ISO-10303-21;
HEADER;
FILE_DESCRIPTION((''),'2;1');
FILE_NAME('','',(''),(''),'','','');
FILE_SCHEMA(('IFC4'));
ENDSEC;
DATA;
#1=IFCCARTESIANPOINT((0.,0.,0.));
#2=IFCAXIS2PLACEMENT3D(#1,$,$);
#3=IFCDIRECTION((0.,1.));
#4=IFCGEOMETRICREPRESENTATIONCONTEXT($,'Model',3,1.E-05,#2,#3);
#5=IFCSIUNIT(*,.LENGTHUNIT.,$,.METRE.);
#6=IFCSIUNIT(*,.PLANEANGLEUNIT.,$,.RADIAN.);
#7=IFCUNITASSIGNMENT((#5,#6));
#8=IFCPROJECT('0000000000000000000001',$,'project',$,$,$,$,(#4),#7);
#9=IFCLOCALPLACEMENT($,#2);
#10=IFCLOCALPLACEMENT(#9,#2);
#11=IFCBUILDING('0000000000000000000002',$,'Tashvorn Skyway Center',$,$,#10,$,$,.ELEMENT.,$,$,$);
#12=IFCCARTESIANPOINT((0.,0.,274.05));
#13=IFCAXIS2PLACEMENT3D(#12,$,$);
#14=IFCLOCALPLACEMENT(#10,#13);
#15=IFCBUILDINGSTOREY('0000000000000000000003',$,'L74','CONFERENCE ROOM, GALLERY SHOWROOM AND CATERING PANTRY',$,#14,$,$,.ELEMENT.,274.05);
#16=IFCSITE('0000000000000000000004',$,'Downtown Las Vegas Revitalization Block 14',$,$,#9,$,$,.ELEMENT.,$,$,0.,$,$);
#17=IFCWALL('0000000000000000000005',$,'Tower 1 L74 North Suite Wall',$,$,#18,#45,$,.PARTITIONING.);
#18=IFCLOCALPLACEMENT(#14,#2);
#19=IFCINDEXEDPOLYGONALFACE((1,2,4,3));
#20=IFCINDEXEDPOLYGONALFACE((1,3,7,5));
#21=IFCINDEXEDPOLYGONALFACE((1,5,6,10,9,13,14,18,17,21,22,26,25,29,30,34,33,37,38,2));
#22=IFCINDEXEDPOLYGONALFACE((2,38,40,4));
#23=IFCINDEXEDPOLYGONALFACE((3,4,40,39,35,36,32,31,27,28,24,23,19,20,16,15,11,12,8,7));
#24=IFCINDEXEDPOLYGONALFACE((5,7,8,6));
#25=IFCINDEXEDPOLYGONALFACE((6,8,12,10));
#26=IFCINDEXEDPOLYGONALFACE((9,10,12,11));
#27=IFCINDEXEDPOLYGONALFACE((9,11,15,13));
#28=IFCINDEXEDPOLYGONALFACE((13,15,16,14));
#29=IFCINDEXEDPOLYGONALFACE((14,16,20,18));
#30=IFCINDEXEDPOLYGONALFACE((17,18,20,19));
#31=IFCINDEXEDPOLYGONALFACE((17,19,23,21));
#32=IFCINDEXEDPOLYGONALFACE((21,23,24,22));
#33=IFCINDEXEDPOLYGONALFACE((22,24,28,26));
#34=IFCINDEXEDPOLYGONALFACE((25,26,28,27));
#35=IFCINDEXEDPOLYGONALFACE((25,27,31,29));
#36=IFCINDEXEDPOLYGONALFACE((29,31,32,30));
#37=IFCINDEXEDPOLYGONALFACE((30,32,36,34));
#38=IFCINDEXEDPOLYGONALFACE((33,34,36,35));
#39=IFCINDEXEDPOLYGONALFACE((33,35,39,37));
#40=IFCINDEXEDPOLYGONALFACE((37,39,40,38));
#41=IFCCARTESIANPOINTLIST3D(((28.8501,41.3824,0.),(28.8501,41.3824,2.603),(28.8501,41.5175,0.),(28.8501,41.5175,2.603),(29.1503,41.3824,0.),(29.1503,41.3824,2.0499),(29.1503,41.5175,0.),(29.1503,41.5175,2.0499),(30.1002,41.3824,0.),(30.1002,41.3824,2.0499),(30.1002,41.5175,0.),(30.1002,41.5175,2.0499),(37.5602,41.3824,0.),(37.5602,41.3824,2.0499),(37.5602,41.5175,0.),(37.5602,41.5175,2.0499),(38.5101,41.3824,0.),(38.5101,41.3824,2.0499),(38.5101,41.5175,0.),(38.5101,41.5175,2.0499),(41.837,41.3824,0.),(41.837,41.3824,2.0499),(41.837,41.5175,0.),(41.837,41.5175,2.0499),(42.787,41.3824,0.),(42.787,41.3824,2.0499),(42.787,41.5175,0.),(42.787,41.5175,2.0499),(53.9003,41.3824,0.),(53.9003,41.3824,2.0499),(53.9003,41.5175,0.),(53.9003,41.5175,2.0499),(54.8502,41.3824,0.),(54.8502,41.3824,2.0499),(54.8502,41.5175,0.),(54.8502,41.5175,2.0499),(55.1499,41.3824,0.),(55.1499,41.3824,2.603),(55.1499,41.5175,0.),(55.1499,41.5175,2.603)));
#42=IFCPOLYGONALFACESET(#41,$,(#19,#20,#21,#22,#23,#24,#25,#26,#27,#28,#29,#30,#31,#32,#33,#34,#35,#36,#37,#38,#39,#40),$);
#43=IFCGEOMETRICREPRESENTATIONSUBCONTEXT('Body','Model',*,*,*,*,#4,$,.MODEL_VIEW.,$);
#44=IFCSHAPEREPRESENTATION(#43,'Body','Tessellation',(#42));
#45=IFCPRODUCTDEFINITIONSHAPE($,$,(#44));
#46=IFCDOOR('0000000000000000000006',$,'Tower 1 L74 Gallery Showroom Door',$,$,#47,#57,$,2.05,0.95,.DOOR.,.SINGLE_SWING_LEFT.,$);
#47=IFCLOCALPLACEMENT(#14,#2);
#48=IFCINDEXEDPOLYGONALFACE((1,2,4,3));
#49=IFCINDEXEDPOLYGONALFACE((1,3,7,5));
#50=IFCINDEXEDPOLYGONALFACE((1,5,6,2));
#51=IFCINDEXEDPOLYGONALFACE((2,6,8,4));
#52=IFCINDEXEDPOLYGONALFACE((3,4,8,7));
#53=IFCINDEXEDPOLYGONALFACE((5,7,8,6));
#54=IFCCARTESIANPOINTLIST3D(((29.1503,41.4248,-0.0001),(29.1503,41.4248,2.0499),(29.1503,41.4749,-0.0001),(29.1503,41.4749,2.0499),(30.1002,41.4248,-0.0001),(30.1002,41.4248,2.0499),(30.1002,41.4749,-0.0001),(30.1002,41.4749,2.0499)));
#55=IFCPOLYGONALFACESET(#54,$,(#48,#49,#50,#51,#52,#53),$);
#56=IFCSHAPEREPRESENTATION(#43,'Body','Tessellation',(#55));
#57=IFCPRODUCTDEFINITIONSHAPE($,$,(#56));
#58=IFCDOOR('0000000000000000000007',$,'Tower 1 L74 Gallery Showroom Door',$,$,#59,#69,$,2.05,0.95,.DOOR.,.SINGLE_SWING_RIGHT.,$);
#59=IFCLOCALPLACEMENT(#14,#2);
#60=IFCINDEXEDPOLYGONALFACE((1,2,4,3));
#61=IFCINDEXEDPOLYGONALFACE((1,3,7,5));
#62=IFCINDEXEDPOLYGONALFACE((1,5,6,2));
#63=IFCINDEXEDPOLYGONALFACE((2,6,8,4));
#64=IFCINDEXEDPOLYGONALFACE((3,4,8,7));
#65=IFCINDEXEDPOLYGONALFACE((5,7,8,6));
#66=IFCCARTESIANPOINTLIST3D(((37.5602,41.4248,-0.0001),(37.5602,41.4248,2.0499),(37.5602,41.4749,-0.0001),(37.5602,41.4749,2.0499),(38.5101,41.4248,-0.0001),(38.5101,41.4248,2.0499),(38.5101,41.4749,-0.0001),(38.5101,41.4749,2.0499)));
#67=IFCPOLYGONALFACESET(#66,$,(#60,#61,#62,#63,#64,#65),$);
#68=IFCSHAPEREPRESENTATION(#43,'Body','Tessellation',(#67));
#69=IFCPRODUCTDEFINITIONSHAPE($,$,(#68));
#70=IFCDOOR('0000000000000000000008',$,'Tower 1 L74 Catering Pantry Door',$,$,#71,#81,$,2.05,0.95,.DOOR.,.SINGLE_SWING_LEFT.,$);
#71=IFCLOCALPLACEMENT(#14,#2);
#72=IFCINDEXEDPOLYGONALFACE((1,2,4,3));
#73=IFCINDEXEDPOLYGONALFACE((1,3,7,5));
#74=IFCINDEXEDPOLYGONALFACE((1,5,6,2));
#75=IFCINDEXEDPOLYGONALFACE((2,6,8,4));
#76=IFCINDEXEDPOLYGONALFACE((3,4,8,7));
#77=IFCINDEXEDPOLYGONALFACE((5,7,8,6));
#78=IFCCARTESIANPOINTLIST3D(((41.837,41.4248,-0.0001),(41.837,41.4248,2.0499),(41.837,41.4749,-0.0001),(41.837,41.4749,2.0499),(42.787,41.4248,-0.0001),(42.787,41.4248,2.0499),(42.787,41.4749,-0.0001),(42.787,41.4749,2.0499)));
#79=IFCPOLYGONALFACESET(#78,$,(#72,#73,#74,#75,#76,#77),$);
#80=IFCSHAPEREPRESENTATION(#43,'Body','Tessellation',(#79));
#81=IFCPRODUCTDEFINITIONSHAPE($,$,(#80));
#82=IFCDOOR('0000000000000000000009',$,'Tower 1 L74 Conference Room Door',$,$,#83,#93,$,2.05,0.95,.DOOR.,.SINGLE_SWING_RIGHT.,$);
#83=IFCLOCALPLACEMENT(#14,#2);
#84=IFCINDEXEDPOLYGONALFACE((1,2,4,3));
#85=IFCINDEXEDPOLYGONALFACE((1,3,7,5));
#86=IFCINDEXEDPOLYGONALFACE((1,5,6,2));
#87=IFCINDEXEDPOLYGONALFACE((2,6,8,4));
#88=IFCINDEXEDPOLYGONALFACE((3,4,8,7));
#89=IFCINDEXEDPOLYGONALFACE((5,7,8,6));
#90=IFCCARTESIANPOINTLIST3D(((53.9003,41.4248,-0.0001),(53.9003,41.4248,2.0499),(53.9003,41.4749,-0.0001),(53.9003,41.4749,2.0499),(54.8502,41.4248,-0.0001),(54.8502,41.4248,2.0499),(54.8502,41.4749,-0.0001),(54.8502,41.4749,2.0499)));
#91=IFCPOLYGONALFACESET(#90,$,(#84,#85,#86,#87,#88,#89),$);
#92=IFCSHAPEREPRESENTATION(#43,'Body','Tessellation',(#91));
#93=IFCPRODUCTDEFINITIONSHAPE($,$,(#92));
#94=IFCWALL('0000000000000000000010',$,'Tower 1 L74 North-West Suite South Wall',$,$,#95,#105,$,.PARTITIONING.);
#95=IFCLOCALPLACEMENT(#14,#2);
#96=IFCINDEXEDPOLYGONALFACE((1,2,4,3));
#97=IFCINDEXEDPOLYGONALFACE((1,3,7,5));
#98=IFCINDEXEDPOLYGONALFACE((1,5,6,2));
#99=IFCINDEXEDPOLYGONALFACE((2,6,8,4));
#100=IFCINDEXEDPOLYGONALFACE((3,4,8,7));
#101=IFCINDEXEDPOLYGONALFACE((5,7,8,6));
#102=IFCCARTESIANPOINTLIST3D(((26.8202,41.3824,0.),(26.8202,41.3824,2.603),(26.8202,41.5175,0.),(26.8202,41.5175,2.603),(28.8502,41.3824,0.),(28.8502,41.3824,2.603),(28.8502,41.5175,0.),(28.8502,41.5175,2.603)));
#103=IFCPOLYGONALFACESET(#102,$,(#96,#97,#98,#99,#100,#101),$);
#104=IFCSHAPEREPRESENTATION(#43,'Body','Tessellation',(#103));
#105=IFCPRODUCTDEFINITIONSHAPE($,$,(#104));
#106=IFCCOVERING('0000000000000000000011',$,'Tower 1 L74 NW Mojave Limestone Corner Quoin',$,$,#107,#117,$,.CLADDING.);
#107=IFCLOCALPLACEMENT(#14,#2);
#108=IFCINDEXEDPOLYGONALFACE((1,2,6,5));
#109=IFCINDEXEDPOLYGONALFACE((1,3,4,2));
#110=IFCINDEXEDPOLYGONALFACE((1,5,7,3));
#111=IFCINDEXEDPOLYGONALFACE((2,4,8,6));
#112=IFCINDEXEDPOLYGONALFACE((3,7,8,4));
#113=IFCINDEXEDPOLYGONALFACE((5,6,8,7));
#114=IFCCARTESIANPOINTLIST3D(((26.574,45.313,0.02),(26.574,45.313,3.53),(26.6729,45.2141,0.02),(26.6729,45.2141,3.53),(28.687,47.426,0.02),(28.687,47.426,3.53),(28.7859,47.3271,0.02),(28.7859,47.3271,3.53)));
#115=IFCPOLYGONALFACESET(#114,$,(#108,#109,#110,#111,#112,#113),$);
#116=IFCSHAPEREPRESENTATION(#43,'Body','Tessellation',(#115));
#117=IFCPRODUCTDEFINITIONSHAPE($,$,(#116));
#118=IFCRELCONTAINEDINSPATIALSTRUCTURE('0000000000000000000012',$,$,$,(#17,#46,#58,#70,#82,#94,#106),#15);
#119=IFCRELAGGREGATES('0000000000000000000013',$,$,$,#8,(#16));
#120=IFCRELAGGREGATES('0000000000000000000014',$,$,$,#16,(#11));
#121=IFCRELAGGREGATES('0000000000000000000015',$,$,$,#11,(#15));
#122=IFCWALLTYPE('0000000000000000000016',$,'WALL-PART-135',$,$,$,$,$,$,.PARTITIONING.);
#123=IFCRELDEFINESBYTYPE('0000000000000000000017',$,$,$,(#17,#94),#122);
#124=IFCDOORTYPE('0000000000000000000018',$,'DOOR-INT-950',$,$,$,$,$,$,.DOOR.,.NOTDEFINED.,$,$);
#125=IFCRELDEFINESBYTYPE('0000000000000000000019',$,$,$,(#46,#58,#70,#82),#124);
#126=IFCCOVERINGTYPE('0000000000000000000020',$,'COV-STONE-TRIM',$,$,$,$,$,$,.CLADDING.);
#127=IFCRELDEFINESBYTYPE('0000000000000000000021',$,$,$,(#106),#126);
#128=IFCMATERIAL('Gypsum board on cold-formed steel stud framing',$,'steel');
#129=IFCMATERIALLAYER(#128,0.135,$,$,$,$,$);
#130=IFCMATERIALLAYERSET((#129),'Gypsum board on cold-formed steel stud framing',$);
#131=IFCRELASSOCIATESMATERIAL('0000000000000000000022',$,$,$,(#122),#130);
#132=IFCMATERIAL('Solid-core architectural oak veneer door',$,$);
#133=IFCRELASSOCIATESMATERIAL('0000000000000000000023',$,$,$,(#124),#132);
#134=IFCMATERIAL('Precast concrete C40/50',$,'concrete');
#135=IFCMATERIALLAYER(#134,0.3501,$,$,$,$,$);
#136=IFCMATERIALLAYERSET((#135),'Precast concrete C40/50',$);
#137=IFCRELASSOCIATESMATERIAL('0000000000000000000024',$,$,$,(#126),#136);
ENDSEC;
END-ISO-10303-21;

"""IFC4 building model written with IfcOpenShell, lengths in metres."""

from ifc_helpers import new_model, si_unit, direction, frame, frame_2d, origin, origin_2d, place, context, subcontext, project, spatial, rectangle, extrude, material, layer, layer_set, type_object, element, fill, save


model = new_model("IFC4")

# Units and contexts
model_context = context("Model", 3, precision=1e-05, world=origin(), true_north=direction((0.0, 1.0)))
body_context = subcontext(model_context, "Body", "Model", "MODEL_VIEW")
ifc_project = project(units=[si_unit("LENGTHUNIT", "METRE"), si_unit("PLANEANGLEUNIT", "RADIAN")], contexts=[model_context])

# Site, building, storey
site_placement = place(None, origin())
site = spatial("IfcSite", under=ifc_project, at=site_placement, Name="Downtown Las Vegas Revitalization Block 14", CompositionType="ELEMENT", RefElevation=0.0)
building_placement = place(site_placement, origin())
building = spatial("IfcBuilding", under=site, at=building_placement, Name="Tashvorn Skyway Center", CompositionType="ELEMENT")
storey_placement = place(building_placement, frame((0.0, 0.0, 274.05)))
storey = spatial("IfcBuildingStorey", under=building, at=storey_placement, Name="L74", Description="CONFERENCE ROOM, GALLERY SHOWROOM AND CATERING PANTRY", CompositionType="ELEMENT", Elevation=274.05)

# Shared definitions
ifc_material_1 = material(Name="Precast concrete C40/50", Category="concrete")

# Wall, openings, doors
ifc_material_2 = material(Name="Gypsum board on cold-formed steel stud framing", Category="steel")
ifc_layer_1 = layer(ifc_material_2, 0.135)
ifc_layer_set_1 = layer_set([ifc_layer_1], Name="Gypsum board on cold-formed steel stud framing")
wall_type_1 = type_object("IfcWallType", Name="WALL-PART-135", PredefinedType="PARTITIONING", material=ifc_layer_set_1)
wall_1_placement = place(storey_placement, frame((28.8501, 41.45, 0.0), z_axis=(0.0, 0.0, 1.0), x_axis=(1.0, 0.0, 0.0)))
wall_1 = element("IfcWall", 1, at=wall_1_placement, inside=storey, type_object=wall_type_1, Name="Tower 1 L74 North Suite Wall", PredefinedType="PARTITIONING", context=body_context, shape_type="SweptSolid", body=[
    extrude(rectangle(XDim=26.2998, YDim=0.135, at=frame_2d((13.1499, 0.0))), origin(), (0.0, 0.0, 1.0), 2.603),
])
opening_1_placement = place(wall_1_placement, frame((0.3, 0.0, 0.0)))
opening_1 = element("IfcOpeningElement", 2, at=opening_1_placement, cuts=wall_1, PredefinedType="OPENING", context=body_context, shape_type="SweptSolid", body=[
    extrude(rectangle(XDim=0.95, YDim=2.05, at=frame_2d((0.4751, 1.0249))), frame((0.0, 0.0774, 0.0), z_axis=(0.0, -1.0, 0.0), x_axis=(1.0, 0.0, 0.0)), (0.0, 0.0, 1.0), 0.155),
])
opening_2_placement = place(wall_1_placement, frame((8.71, 0.0, 0.0)))
opening_2 = element("IfcOpeningElement", 3, at=opening_2_placement, cuts=wall_1, PredefinedType="OPENING", context=body_context, shape_type="SweptSolid", body=[
    extrude(rectangle(XDim=0.95, YDim=2.05, at=frame_2d((0.4751, 1.0249))), frame((0.0, 0.0774, 0.0), z_axis=(0.0, -1.0, 0.0), x_axis=(1.0, 0.0, 0.0)), (0.0, 0.0, 1.0), 0.155),
])
opening_3_placement = place(wall_1_placement, frame((12.9868, 0.0, 0.0)))
opening_3 = element("IfcOpeningElement", 4, at=opening_3_placement, cuts=wall_1, PredefinedType="OPENING", context=body_context, shape_type="SweptSolid", body=[
    extrude(rectangle(XDim=0.95, YDim=2.05, at=frame_2d((0.4751, 1.0249))), frame((0.0, 0.0774, 0.0), z_axis=(0.0, -1.0, 0.0), x_axis=(1.0, 0.0, 0.0)), (0.0, 0.0, 1.0), 0.155),
])
opening_4_placement = place(wall_1_placement, frame((25.05, 0.0, 0.0)))
opening_4 = element("IfcOpeningElement", 5, at=opening_4_placement, cuts=wall_1, PredefinedType="OPENING", context=body_context, shape_type="SweptSolid", body=[
    extrude(rectangle(XDim=0.95, YDim=2.05, at=frame_2d((0.4751, 1.0249))), frame((0.0, 0.0774, 0.0), z_axis=(0.0, -1.0, 0.0), x_axis=(1.0, 0.0, 0.0)), (0.0, 0.0, 1.0), 0.155),
])
ifc_material_3 = material(Name="Solid-core architectural oak veneer door")
door_type = type_object("IfcDoorType", Name="DOOR-INT-950", OperationType="NOTDEFINED", PredefinedType="DOOR", material=ifc_material_3)
door_1_placement = place(opening_1_placement, origin())
door_1 = element("IfcDoor", 6, at=door_1_placement, inside=storey, type_object=door_type, Name="Tower 1 L74 Gallery Showroom Door", OperationType="SINGLE_SWING_LEFT", OverallHeight=2.05, OverallWidth=0.95, PredefinedType="DOOR", context=body_context, shape_type="SweptSolid", body=[
    extrude(rectangle(XDim=0.95, YDim=2.05, at=frame_2d((0.4751, 1.0249))), frame((0.0, 0.0249, 0.0), z_axis=(0.0, -1.0, 0.0), x_axis=(1.0, 0.0, 0.0)), (0.0, 0.0, 1.0), 0.05),
])
fill(opening_1, door_1)
door_2_placement = place(opening_2_placement, origin())
door_2 = element("IfcDoor", 7, at=door_2_placement, inside=storey, type_object=door_type, Name="Tower 1 L74 Gallery Showroom Door", OperationType="SINGLE_SWING_RIGHT", OverallHeight=2.05, OverallWidth=0.95, PredefinedType="DOOR", context=body_context, shape_type="SweptSolid", body=[
    extrude(rectangle(XDim=0.95, YDim=2.05, at=frame_2d((0.4751, 1.0249))), frame((0.0, 0.0249, 0.0), z_axis=(0.0, -1.0, 0.0), x_axis=(1.0, 0.0, 0.0)), (0.0, 0.0, 1.0), 0.05),
])
fill(opening_2, door_2)
door_3_placement = place(opening_3_placement, origin())
door_3 = element("IfcDoor", 8, at=door_3_placement, inside=storey, type_object=door_type, Name="Tower 1 L74 Catering Pantry Door", OperationType="SINGLE_SWING_LEFT", OverallHeight=2.05, OverallWidth=0.95, PredefinedType="DOOR", context=body_context, shape_type="SweptSolid", body=[
    extrude(rectangle(XDim=0.95, YDim=2.05, at=frame_2d((0.4751, 1.0249))), frame((0.0, 0.0249, 0.0), z_axis=(0.0, -1.0, 0.0), x_axis=(1.0, 0.0, 0.0)), (0.0, 0.0, 1.0), 0.05),
])
fill(opening_3, door_3)
door_4_placement = place(opening_4_placement, origin())
door_4 = element("IfcDoor", 9, at=door_4_placement, inside=storey, type_object=door_type, Name="Tower 1 L74 Conference Room Door", OperationType="SINGLE_SWING_RIGHT", OverallHeight=2.05, OverallWidth=0.95, PredefinedType="DOOR", context=body_context, shape_type="SweptSolid", body=[
    extrude(rectangle(XDim=0.95, YDim=2.05, at=frame_2d((0.4751, 1.0249))), frame((0.0, 0.0249, 0.0), z_axis=(0.0, -1.0, 0.0), x_axis=(1.0, 0.0, 0.0)), (0.0, 0.0, 1.0), 0.05),
])
fill(opening_4, door_4)

# Wall
wall_2_placement = place(storey_placement, frame((26.8201, 41.45, 0.0), z_axis=(0.0, 0.0, 1.0), x_axis=(1.0, 0.0, 0.0)))
element("IfcWall", 10, at=wall_2_placement, inside=storey, type_object=wall_type_1, Name="Tower 1 L74 North-West Suite South Wall", PredefinedType="PARTITIONING", context=body_context, shape_type="SweptSolid", body=[
    extrude(rectangle(XDim=2.03, YDim=0.135, at=frame_2d((1.0151, 0.0))), origin(), (0.0, 0.0, 1.0), 2.603),
])

# Covering
ifc_layer_2 = layer(ifc_material_1, 0.3501)
ifc_layer_set_2 = layer_set([ifc_layer_2], Name="Precast concrete C40/50")
covering_type = type_object("IfcCoveringType", Name="COV-STONE-TRIM", PredefinedType="CLADDING", material=ifc_layer_set_2)
covering_placement = place(storey_placement, frame((27.6799, 46.3201, 0.02), z_axis=(0.0, 0.0, 1.0), x_axis=(-0.707107, -0.707107, 0.0)))
element("IfcCovering", 11, at=covering_placement, inside=storey, type_object=covering_type, Name="Tower 1 L74 NW Mojave Limestone Corner Quoin", PredefinedType="CLADDING", context=body_context, shape_type="SweptSolid", body=[
    extrude(rectangle(XDim=2.9883, YDim=0.1399, at=origin_2d()), origin(), (0.0, 0.0, 1.0), 3.51),
])

save(model, "model.ifc")
